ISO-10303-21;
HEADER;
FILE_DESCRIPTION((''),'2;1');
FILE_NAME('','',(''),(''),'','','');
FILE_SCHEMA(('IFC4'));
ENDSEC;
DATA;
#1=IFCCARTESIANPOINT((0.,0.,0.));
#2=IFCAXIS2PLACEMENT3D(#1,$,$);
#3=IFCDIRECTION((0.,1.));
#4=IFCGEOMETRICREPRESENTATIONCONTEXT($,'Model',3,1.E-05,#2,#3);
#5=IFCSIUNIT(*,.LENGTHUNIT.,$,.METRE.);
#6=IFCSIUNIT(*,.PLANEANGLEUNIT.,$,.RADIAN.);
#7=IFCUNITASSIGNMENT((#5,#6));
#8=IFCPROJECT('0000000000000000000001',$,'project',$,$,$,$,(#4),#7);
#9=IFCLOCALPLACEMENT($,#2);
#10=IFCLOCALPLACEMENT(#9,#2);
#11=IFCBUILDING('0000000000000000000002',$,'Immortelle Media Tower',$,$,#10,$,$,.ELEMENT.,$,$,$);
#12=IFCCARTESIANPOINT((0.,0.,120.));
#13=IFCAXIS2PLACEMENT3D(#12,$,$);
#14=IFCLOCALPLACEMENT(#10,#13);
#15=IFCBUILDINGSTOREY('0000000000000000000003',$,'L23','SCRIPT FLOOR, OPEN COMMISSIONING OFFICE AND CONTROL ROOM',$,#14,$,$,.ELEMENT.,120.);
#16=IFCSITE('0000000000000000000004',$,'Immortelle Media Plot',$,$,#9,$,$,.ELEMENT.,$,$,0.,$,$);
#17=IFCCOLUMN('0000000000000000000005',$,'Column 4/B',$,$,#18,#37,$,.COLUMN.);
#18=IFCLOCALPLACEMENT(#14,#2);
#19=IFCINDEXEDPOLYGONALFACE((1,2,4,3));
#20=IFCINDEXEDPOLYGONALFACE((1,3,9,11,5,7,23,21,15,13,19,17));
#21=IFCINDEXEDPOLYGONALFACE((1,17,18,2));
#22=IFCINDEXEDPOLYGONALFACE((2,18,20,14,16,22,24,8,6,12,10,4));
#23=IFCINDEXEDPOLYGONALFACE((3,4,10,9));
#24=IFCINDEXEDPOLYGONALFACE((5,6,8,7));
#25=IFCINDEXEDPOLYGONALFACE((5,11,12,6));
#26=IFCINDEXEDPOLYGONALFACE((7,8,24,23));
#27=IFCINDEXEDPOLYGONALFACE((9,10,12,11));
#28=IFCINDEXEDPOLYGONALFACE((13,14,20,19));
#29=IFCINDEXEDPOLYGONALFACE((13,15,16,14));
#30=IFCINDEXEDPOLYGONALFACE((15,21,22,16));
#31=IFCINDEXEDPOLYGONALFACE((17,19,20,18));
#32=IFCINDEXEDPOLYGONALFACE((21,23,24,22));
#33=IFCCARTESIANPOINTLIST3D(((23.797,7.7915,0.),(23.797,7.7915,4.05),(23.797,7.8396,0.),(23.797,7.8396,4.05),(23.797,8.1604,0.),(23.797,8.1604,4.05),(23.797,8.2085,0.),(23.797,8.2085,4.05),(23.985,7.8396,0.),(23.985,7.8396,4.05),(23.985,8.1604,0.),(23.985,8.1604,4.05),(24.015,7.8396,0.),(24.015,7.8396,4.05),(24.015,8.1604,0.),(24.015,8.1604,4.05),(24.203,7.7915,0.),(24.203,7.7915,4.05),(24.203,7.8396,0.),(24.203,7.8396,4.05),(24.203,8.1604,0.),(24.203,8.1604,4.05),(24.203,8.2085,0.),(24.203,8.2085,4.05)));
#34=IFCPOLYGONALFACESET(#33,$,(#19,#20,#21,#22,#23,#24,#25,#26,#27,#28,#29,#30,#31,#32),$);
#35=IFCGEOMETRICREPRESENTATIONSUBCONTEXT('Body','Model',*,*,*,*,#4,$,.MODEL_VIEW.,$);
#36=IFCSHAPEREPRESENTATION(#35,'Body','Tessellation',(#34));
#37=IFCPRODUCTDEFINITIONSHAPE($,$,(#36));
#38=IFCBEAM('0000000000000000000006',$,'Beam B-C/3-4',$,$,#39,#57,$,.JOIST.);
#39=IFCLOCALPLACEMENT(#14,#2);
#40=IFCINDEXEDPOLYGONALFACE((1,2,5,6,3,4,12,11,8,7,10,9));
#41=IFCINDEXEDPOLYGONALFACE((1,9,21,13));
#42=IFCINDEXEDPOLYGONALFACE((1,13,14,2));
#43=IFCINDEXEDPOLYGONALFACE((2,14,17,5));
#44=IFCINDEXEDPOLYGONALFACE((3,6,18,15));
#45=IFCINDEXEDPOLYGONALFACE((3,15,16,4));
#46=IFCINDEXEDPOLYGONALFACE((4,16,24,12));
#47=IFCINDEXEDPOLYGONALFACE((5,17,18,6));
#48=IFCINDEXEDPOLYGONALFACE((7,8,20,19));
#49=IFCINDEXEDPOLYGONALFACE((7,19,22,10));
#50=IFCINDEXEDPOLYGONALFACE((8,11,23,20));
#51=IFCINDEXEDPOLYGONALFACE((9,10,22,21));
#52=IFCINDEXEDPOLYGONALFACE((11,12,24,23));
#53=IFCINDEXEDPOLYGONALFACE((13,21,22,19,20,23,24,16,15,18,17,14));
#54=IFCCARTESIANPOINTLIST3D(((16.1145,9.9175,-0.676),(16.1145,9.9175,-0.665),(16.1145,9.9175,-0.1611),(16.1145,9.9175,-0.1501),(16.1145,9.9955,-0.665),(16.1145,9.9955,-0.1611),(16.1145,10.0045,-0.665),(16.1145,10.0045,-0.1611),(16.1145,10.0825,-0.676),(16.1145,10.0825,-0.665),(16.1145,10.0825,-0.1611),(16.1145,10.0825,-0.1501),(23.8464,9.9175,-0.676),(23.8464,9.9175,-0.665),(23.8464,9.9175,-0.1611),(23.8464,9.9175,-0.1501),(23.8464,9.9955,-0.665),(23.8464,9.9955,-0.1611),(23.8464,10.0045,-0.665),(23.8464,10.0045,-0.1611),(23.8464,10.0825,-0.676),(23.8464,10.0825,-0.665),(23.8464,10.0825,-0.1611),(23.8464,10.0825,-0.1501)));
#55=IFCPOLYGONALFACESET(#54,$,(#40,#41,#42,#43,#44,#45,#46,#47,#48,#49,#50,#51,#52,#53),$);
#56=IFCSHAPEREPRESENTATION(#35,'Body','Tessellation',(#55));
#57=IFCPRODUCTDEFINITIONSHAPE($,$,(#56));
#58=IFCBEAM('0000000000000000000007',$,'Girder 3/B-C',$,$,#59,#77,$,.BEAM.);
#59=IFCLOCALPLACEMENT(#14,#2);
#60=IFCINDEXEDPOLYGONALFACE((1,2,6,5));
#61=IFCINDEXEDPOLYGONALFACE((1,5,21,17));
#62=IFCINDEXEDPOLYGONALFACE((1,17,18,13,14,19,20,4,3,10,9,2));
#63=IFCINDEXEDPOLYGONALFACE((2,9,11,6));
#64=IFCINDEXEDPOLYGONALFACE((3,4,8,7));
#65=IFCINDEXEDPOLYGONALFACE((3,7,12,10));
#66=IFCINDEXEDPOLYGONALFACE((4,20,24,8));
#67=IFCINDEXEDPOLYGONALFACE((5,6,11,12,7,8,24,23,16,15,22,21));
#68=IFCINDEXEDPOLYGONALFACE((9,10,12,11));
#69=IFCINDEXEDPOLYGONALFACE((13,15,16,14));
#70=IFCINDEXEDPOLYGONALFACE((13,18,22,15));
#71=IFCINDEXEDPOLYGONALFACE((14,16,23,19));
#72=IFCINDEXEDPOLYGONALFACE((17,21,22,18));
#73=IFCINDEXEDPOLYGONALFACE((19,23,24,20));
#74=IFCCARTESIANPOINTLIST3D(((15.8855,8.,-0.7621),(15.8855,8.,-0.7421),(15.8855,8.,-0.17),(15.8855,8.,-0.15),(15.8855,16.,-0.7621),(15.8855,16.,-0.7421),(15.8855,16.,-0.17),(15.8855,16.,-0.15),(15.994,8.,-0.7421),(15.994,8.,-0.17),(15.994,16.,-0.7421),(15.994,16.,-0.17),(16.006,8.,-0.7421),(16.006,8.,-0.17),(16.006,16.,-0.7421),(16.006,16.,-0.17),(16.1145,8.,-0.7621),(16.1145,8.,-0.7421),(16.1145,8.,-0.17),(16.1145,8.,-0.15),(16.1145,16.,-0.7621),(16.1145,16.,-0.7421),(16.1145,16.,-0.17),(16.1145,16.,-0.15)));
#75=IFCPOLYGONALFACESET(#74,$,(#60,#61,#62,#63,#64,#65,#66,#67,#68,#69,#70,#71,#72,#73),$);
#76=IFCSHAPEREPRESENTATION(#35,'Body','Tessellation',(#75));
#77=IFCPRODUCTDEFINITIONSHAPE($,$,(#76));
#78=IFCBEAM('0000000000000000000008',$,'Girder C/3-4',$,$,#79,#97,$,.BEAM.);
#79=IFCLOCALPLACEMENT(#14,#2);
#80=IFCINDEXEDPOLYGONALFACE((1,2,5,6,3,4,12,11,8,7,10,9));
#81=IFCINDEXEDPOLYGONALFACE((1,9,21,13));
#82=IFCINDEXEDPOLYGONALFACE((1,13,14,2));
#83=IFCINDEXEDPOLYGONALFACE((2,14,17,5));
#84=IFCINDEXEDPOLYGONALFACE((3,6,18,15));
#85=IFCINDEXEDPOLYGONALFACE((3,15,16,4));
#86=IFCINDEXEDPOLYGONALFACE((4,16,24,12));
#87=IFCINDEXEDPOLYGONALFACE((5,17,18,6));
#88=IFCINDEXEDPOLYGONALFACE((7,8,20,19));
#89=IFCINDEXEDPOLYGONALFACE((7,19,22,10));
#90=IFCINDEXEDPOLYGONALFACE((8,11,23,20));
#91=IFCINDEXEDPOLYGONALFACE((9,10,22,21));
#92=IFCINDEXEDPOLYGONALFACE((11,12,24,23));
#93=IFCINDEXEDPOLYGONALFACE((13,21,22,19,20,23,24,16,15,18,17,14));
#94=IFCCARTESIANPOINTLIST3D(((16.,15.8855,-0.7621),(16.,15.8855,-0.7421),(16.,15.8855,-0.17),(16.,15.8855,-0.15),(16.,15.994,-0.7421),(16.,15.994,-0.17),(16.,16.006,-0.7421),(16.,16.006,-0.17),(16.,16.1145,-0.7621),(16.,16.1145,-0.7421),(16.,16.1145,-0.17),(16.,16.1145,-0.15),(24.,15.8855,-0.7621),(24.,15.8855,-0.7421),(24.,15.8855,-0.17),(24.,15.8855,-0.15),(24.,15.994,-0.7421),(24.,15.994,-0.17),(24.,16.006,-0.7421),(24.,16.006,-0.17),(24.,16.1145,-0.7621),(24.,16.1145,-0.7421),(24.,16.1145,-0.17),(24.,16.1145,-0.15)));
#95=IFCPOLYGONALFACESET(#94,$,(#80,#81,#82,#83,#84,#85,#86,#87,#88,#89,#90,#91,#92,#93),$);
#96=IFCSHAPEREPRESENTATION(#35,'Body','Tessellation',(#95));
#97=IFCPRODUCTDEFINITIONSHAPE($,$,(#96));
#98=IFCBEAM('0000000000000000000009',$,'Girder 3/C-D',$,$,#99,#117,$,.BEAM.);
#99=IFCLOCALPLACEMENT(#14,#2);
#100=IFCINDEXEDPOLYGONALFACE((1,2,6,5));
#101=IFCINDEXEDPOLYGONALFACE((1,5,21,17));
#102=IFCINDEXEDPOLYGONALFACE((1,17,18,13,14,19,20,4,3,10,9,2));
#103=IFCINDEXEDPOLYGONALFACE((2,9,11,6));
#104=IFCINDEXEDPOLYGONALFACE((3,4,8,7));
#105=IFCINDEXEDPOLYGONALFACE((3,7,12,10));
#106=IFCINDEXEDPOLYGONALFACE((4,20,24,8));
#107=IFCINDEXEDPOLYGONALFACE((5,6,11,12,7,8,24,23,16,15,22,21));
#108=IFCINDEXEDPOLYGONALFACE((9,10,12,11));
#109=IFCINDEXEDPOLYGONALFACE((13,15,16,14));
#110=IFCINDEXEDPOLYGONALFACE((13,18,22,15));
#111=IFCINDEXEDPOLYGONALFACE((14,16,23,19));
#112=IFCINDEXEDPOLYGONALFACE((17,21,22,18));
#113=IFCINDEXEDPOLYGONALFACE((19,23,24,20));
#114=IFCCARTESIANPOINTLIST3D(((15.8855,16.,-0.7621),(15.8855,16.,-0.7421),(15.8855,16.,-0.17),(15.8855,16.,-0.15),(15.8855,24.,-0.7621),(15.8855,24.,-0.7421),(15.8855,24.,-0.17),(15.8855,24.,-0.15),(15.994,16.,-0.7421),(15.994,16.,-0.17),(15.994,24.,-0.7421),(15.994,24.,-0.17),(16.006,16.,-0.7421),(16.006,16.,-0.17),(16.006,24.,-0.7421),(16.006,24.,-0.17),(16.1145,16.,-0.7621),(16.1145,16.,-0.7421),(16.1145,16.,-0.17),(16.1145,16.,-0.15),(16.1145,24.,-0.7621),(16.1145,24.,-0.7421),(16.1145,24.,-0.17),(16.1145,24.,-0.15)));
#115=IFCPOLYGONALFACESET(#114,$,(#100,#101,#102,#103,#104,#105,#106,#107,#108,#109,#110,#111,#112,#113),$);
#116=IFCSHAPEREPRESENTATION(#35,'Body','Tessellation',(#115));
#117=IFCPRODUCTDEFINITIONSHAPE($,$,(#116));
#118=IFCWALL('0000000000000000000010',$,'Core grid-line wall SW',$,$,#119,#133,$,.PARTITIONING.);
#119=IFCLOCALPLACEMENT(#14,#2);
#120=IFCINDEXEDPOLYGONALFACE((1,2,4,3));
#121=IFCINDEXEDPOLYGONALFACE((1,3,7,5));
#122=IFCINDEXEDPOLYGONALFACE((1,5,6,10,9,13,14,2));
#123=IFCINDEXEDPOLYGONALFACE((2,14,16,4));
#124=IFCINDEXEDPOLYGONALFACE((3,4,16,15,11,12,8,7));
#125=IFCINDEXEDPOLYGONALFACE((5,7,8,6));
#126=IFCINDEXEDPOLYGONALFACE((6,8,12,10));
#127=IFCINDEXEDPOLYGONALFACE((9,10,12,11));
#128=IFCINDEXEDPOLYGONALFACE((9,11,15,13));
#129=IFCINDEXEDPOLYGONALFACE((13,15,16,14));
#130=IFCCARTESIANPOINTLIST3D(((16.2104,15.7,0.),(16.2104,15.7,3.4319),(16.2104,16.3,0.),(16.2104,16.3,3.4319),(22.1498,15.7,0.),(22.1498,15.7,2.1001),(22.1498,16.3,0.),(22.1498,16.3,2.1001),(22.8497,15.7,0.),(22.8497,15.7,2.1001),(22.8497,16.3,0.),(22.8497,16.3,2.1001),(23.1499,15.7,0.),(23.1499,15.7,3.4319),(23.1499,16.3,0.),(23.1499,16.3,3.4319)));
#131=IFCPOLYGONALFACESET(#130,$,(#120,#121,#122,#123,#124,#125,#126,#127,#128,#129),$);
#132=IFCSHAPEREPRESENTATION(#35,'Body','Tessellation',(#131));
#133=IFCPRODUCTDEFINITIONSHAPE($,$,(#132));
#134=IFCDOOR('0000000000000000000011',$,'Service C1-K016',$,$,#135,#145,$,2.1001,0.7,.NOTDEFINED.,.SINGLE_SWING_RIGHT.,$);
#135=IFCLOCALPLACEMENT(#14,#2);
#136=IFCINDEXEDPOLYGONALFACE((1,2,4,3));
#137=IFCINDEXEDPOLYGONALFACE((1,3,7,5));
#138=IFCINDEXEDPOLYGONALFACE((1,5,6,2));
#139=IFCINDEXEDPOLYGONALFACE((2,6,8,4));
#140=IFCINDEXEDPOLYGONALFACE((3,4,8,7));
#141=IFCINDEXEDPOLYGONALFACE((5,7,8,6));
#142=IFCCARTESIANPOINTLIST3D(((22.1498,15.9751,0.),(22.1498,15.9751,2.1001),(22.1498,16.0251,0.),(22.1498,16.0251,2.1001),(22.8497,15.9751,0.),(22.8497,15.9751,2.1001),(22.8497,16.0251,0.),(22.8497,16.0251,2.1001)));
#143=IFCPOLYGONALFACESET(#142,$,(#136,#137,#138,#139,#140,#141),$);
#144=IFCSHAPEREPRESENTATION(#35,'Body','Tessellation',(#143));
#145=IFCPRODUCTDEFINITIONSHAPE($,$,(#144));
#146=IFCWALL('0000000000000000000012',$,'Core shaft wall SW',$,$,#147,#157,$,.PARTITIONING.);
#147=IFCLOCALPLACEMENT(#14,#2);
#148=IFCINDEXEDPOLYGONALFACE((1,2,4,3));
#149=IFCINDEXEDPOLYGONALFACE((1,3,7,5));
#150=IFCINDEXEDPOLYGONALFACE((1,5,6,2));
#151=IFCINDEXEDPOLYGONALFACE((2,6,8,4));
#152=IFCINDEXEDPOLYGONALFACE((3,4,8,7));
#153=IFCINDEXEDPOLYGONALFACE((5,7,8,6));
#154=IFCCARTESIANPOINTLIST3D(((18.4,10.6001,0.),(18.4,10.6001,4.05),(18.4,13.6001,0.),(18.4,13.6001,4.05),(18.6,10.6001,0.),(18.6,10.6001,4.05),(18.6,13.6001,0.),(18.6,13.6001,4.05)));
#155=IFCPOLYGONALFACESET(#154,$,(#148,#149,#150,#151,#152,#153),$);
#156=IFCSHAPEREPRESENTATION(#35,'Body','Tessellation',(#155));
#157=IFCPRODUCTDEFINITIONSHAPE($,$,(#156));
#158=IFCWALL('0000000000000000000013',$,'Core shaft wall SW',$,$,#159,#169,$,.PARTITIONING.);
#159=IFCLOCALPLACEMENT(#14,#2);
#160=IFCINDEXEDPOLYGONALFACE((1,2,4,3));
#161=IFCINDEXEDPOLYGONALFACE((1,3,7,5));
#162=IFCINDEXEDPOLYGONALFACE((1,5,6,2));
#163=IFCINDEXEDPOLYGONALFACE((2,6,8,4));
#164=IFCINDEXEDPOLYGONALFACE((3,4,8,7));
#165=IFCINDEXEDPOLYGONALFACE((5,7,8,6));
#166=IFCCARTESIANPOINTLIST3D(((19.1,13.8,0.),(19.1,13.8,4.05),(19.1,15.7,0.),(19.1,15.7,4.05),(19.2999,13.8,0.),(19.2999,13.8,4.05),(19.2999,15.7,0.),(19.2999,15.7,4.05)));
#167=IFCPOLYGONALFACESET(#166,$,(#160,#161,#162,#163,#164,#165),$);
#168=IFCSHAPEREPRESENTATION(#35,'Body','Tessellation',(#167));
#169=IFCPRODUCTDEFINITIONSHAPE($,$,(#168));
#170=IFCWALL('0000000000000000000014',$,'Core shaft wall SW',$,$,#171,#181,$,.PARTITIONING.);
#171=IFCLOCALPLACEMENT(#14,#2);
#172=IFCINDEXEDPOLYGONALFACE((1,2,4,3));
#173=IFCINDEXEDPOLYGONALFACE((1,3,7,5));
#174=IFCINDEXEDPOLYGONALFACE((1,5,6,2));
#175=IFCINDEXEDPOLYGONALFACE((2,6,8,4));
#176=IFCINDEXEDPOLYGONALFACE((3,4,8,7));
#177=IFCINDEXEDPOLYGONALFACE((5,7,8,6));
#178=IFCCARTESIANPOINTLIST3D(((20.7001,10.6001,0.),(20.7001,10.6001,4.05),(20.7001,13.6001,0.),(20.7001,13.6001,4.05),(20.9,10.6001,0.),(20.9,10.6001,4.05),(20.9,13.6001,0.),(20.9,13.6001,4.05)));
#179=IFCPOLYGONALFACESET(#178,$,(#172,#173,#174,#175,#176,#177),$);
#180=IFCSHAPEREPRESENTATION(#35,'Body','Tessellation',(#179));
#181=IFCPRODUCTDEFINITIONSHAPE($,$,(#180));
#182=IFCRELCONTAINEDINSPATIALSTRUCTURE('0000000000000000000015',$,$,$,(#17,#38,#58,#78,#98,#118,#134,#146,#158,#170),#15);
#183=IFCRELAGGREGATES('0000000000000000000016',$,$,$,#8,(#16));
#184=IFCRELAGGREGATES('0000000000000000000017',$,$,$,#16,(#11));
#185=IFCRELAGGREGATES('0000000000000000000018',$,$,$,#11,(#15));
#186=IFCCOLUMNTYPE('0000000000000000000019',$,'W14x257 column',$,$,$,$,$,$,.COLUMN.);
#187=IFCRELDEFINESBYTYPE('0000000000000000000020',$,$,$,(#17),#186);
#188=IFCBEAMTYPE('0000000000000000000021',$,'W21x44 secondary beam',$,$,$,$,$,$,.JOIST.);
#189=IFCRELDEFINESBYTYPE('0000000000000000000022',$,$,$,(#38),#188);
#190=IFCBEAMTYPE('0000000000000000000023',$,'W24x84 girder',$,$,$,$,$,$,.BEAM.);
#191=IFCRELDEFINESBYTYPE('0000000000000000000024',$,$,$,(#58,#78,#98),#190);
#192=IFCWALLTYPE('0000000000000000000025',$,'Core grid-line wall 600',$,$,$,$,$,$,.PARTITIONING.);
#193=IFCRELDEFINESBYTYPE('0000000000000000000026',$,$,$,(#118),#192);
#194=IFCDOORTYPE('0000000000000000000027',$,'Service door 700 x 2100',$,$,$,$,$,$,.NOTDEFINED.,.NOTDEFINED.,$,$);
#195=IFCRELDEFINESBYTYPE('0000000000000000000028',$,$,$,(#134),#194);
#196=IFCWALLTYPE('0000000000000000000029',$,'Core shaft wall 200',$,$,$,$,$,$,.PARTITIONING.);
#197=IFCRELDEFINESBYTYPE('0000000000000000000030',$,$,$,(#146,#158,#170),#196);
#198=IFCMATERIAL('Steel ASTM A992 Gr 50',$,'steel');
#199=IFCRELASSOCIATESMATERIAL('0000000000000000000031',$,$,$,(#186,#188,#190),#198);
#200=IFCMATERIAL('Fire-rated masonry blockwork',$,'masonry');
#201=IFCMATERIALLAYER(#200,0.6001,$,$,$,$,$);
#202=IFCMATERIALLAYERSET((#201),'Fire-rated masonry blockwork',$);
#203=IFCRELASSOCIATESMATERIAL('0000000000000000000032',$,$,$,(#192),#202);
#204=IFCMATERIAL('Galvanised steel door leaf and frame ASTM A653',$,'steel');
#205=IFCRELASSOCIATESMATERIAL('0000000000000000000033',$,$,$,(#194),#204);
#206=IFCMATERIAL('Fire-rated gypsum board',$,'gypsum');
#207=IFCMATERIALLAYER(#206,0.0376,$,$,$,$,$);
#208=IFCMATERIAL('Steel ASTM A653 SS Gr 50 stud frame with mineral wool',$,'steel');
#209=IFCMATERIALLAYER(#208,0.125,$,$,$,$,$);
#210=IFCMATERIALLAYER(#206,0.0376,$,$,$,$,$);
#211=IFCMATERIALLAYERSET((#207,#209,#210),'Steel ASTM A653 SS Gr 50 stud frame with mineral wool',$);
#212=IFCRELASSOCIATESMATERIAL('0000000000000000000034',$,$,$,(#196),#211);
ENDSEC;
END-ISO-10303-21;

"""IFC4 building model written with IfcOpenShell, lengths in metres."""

from ifc_helpers import new_model, si_unit, direction, frame, frame_2d, origin, origin_2d, place, context, subcontext, project, spatial, rectangle, i_section, extrude, material, layer, layer_set, material_profile, profile_set, type_object, element, fill, save


model = new_model("IFC4")

# Units and contexts
model_context = context("Model", 3, precision=1e-05, world=origin(), true_north=direction((0.0, 1.0)))
body_context = subcontext(model_context, "Body", "Model", "MODEL_VIEW")
ifc_project = project(units=[si_unit("LENGTHUNIT", "METRE"), si_unit("PLANEANGLEUNIT", "RADIAN")], contexts=[model_context])

# Site, building, storey
site_placement = place(None, origin())
site = spatial("IfcSite", under=ifc_project, at=site_placement, Name="Immortelle Media Plot", CompositionType="ELEMENT", RefElevation=0.0)
building_placement = place(site_placement, origin())
building = spatial("IfcBuilding", under=site, at=building_placement, Name="Immortelle Media Tower", CompositionType="ELEMENT")
storey_placement = place(building_placement, frame((0.0, 0.0, 120.0)))
storey = spatial("IfcBuildingStorey", under=building, at=storey_placement, Name="L23", Description="SCRIPT FLOOR, OPEN COMMISSIONING OFFICE AND CONTROL ROOM", CompositionType="ELEMENT", Elevation=120.0)

# Column
ifc_material_1 = material(Name="Steel ASTM A992 Gr 50", Category="steel")
ifc_material_profile_1 = material_profile(ifc_material_1, i_section(OverallWidth=0.406, OverallDepth=0.417, WebThickness=0.03, FlangeThickness=0.0481, at=origin_2d()), Name="W14x257")
ifc_profile_set_1 = profile_set([ifc_material_profile_1], Name="Steel ASTM A992 Gr 50")
column_type = type_object("IfcColumnType", Name="W14x257 column", PredefinedType="COLUMN", material=ifc_profile_set_1)
column_placement = place(storey_placement, frame((24.0, 8.0, 0.0), z_axis=(0.0, 0.0, 1.0), x_axis=(1.0, 0.0, 0.0)))
element("IfcColumn", 1, at=column_placement, inside=storey, type_object=column_type, Name="Column 4/B", PredefinedType="COLUMN", context=body_context, shape_type="SweptSolid", body=[
    extrude(i_section(OverallWidth=0.406, OverallDepth=0.417, WebThickness=0.03, FlangeThickness=0.0481, at=origin_2d()), origin(), (0.0, 0.0, 1.0), 4.05),
])

# Beams
ifc_material_profile_2 = material_profile(ifc_material_1, i_section(OverallWidth=0.165, OverallDepth=0.5259, WebThickness=0.009, FlangeThickness=0.011, at=origin_2d()), Name="W21x44")
ifc_profile_set_2 = profile_set([ifc_material_profile_2], Name="Steel ASTM A992 Gr 50")
beam_type_1 = type_object("IfcBeamType", Name="W21x44 secondary beam", PredefinedType="JOIST", material=ifc_profile_set_2)
beam_placement = place(storey_placement, frame((16.1145, 10.0, -0.4131), z_axis=(1.0, 0.0, 0.0), x_axis=(0.0, 1.0, 0.0)))
element("IfcBeam", 2, at=beam_placement, inside=storey, type_object=beam_type_1, Name="Beam B-C/3-4", PredefinedType="JOIST", context=body_context, shape_type="SweptSolid", body=[
    extrude(i_section(OverallWidth=0.165, OverallDepth=0.5259, WebThickness=0.009, FlangeThickness=0.011, at=origin_2d()), origin(), (0.0, 0.0, 1.0), 7.7319),
])
ifc_material_profile_3 = material_profile(ifc_material_1, i_section(OverallWidth=0.229, OverallDepth=0.6121, WebThickness=0.012, FlangeThickness=0.02, at=origin_2d()), Name="W24x84")
ifc_profile_set_3 = profile_set([ifc_material_profile_3], Name="Steel ASTM A992 Gr 50")
beam_type_2 = type_object("IfcBeamType", Name="W24x84 girder", PredefinedType="BEAM", material=ifc_profile_set_3)
for number, where, z_axis, x_axis, name in (
    (3, (16.0, 8.0, -0.4561), (0.0, 1.0, 0.0), (-1.0, 0.0, 0.0), "Girder 3/B-C"),
    (4, (16.0, 16.0, -0.4561), (1.0, 0.0, 0.0), (0.0, 1.0, 0.0), "Girder C/3-4"),
    (5, (16.0, 16.0, -0.4561), (0.0, 1.0, 0.0), (-1.0, 0.0, 0.0), "Girder 3/C-D"),
):
    element("IfcBeam", number, at=place(storey_placement, frame(where, z_axis=z_axis, x_axis=x_axis)), inside=storey, type_object=beam_type_2, Name=name, PredefinedType="BEAM", context=body_context, shape_type="SweptSolid", body=[
        extrude(i_section(OverallWidth=0.229, OverallDepth=0.6121, WebThickness=0.012, FlangeThickness=0.02, at=origin_2d()), origin(), (0.0, 0.0, 1.0), 8.0),
    ])

# Wall, opening, door
ifc_material_2 = material(Name="Fire-rated masonry blockwork", Category="masonry")
ifc_layer_1 = layer(ifc_material_2, 0.6001)
ifc_layer_set_1 = layer_set([ifc_layer_1], Name="Fire-rated masonry blockwork")
wall_type_1 = type_object("IfcWallType", Name="Core grid-line wall 600", PredefinedType="PARTITIONING", material=ifc_layer_set_1)
wall_1_placement = place(storey_placement, frame((16.2104, 16.0, 0.0), z_axis=(0.0, 0.0, 1.0), x_axis=(1.0, 0.0, 0.0)))
wall_1 = element("IfcWall", 6, at=wall_1_placement, inside=storey, type_object=wall_type_1, Name="Core grid-line wall SW", PredefinedType="PARTITIONING", context=body_context, shape_type="SweptSolid", body=[
    extrude(rectangle(XDim=6.9395, YDim=0.6001, at=frame_2d((3.4697, 0.0))), origin(), (0.0, 0.0, 1.0), 3.4319),
])
opening_1_placement = place(wall_1_placement, frame((6.6394, 0.0, 0.0), z_axis=(0.0, 0.0, 1.0), x_axis=(-1.0, 0.0, 0.0)))
opening_1 = element("IfcOpeningElement", 7, at=opening_1_placement, cuts=wall_1, PredefinedType="OPENING", context=body_context, shape_type="SweptSolid", body=[
    extrude(rectangle(XDim=0.7, YDim=2.1001, at=frame_2d((0.3501, 1.05))), frame((0.0, 0.3101, 0.0), z_axis=(0.0, -1.0, 0.0), x_axis=(1.0, 0.0, 0.0)), (0.0, 0.0, 1.0), 0.6201),
])
ifc_material_3 = material(Name="Galvanised steel door leaf and frame ASTM A653", Category="steel")
door_type_1 = type_object("IfcDoorType", Name="Service door 700 x 2100", OperationType="NOTDEFINED", PredefinedType="NOTDEFINED", material=ifc_material_3)
door_1_placement = place(opening_1_placement, origin())
door_1 = element("IfcDoor", 8, at=door_1_placement, inside=storey, type_object=door_type_1, Name="Service C1-K016", OperationType="SINGLE_SWING_RIGHT", OverallHeight=2.1001, OverallWidth=0.7, PredefinedType="NOTDEFINED", context=body_context, shape_type="SweptSolid", body=[
    extrude(rectangle(XDim=0.7, YDim=2.1001, at=frame_2d((0.3501, 1.05))), frame((0.0, 0.0249, 0.0), z_axis=(0.0, -1.0, 0.0), x_axis=(1.0, 0.0, 0.0)), (0.0, 0.0, 1.0), 0.05),
])
fill(opening_1, door_1)

# Walls
ifc_material_4 = material(Name="Fire-rated gypsum board", Category="gypsum")
ifc_layer_2 = layer(ifc_material_4, 0.0376)
ifc_material_5 = material(Name="Steel ASTM A653 SS Gr 50 stud frame with mineral wool", Category="steel")
ifc_layer_3 = layer(ifc_material_5, 0.125)
ifc_layer_4 = layer(ifc_material_4, 0.0376)
ifc_layer_set_2 = layer_set([ifc_layer_2, ifc_layer_3, ifc_layer_4], Name="Steel ASTM A653 SS Gr 50 stud frame with mineral wool")
wall_type_2 = type_object("IfcWallType", Name="Core shaft wall 200", PredefinedType="PARTITIONING", material=ifc_layer_set_2)
wall_2_placement = place(storey_placement, frame((18.5, 10.6001, 0.0), z_axis=(0.0, 0.0, 1.0), x_axis=(0.0, 1.0, 0.0)))
element("IfcWall", 9, at=wall_2_placement, inside=storey, type_object=wall_type_2, Name="Core shaft wall SW", PredefinedType="PARTITIONING", context=body_context, shape_type="SweptSolid", body=[
    extrude(rectangle(XDim=3.0, YDim=0.2, at=frame_2d((1.5, 0.0))), origin(), (0.0, 0.0, 1.0), 4.05),
])
wall_3_placement = place(storey_placement, frame((19.2, 13.8, 0.0), z_axis=(0.0, 0.0, 1.0), x_axis=(0.0, 1.0, 0.0)))
element("IfcWall", 10, at=wall_3_placement, inside=storey, type_object=wall_type_2, Name="Core shaft wall SW", PredefinedType="PARTITIONING", context=body_context, shape_type="SweptSolid", body=[
    extrude(rectangle(XDim=1.8999, YDim=0.2, at=frame_2d((0.95, 0.0))), origin(), (0.0, 0.0, 1.0), 4.05),
])
wall_4_placement = place(storey_placement, frame((20.8, 10.6001, 0.0), z_axis=(0.0, 0.0, 1.0), x_axis=(0.0, 1.0, 0.0)))
element("IfcWall", 11, at=wall_4_placement, inside=storey, type_object=wall_type_2, Name="Core shaft wall SW", PredefinedType="PARTITIONING", context=body_context, shape_type="SweptSolid", body=[
    extrude(rectangle(XDim=3.0, YDim=0.2, at=frame_2d((1.5, 0.0))), origin(), (0.0, 0.0, 1.0), 4.05),
])

save(model, "model.ifc")
